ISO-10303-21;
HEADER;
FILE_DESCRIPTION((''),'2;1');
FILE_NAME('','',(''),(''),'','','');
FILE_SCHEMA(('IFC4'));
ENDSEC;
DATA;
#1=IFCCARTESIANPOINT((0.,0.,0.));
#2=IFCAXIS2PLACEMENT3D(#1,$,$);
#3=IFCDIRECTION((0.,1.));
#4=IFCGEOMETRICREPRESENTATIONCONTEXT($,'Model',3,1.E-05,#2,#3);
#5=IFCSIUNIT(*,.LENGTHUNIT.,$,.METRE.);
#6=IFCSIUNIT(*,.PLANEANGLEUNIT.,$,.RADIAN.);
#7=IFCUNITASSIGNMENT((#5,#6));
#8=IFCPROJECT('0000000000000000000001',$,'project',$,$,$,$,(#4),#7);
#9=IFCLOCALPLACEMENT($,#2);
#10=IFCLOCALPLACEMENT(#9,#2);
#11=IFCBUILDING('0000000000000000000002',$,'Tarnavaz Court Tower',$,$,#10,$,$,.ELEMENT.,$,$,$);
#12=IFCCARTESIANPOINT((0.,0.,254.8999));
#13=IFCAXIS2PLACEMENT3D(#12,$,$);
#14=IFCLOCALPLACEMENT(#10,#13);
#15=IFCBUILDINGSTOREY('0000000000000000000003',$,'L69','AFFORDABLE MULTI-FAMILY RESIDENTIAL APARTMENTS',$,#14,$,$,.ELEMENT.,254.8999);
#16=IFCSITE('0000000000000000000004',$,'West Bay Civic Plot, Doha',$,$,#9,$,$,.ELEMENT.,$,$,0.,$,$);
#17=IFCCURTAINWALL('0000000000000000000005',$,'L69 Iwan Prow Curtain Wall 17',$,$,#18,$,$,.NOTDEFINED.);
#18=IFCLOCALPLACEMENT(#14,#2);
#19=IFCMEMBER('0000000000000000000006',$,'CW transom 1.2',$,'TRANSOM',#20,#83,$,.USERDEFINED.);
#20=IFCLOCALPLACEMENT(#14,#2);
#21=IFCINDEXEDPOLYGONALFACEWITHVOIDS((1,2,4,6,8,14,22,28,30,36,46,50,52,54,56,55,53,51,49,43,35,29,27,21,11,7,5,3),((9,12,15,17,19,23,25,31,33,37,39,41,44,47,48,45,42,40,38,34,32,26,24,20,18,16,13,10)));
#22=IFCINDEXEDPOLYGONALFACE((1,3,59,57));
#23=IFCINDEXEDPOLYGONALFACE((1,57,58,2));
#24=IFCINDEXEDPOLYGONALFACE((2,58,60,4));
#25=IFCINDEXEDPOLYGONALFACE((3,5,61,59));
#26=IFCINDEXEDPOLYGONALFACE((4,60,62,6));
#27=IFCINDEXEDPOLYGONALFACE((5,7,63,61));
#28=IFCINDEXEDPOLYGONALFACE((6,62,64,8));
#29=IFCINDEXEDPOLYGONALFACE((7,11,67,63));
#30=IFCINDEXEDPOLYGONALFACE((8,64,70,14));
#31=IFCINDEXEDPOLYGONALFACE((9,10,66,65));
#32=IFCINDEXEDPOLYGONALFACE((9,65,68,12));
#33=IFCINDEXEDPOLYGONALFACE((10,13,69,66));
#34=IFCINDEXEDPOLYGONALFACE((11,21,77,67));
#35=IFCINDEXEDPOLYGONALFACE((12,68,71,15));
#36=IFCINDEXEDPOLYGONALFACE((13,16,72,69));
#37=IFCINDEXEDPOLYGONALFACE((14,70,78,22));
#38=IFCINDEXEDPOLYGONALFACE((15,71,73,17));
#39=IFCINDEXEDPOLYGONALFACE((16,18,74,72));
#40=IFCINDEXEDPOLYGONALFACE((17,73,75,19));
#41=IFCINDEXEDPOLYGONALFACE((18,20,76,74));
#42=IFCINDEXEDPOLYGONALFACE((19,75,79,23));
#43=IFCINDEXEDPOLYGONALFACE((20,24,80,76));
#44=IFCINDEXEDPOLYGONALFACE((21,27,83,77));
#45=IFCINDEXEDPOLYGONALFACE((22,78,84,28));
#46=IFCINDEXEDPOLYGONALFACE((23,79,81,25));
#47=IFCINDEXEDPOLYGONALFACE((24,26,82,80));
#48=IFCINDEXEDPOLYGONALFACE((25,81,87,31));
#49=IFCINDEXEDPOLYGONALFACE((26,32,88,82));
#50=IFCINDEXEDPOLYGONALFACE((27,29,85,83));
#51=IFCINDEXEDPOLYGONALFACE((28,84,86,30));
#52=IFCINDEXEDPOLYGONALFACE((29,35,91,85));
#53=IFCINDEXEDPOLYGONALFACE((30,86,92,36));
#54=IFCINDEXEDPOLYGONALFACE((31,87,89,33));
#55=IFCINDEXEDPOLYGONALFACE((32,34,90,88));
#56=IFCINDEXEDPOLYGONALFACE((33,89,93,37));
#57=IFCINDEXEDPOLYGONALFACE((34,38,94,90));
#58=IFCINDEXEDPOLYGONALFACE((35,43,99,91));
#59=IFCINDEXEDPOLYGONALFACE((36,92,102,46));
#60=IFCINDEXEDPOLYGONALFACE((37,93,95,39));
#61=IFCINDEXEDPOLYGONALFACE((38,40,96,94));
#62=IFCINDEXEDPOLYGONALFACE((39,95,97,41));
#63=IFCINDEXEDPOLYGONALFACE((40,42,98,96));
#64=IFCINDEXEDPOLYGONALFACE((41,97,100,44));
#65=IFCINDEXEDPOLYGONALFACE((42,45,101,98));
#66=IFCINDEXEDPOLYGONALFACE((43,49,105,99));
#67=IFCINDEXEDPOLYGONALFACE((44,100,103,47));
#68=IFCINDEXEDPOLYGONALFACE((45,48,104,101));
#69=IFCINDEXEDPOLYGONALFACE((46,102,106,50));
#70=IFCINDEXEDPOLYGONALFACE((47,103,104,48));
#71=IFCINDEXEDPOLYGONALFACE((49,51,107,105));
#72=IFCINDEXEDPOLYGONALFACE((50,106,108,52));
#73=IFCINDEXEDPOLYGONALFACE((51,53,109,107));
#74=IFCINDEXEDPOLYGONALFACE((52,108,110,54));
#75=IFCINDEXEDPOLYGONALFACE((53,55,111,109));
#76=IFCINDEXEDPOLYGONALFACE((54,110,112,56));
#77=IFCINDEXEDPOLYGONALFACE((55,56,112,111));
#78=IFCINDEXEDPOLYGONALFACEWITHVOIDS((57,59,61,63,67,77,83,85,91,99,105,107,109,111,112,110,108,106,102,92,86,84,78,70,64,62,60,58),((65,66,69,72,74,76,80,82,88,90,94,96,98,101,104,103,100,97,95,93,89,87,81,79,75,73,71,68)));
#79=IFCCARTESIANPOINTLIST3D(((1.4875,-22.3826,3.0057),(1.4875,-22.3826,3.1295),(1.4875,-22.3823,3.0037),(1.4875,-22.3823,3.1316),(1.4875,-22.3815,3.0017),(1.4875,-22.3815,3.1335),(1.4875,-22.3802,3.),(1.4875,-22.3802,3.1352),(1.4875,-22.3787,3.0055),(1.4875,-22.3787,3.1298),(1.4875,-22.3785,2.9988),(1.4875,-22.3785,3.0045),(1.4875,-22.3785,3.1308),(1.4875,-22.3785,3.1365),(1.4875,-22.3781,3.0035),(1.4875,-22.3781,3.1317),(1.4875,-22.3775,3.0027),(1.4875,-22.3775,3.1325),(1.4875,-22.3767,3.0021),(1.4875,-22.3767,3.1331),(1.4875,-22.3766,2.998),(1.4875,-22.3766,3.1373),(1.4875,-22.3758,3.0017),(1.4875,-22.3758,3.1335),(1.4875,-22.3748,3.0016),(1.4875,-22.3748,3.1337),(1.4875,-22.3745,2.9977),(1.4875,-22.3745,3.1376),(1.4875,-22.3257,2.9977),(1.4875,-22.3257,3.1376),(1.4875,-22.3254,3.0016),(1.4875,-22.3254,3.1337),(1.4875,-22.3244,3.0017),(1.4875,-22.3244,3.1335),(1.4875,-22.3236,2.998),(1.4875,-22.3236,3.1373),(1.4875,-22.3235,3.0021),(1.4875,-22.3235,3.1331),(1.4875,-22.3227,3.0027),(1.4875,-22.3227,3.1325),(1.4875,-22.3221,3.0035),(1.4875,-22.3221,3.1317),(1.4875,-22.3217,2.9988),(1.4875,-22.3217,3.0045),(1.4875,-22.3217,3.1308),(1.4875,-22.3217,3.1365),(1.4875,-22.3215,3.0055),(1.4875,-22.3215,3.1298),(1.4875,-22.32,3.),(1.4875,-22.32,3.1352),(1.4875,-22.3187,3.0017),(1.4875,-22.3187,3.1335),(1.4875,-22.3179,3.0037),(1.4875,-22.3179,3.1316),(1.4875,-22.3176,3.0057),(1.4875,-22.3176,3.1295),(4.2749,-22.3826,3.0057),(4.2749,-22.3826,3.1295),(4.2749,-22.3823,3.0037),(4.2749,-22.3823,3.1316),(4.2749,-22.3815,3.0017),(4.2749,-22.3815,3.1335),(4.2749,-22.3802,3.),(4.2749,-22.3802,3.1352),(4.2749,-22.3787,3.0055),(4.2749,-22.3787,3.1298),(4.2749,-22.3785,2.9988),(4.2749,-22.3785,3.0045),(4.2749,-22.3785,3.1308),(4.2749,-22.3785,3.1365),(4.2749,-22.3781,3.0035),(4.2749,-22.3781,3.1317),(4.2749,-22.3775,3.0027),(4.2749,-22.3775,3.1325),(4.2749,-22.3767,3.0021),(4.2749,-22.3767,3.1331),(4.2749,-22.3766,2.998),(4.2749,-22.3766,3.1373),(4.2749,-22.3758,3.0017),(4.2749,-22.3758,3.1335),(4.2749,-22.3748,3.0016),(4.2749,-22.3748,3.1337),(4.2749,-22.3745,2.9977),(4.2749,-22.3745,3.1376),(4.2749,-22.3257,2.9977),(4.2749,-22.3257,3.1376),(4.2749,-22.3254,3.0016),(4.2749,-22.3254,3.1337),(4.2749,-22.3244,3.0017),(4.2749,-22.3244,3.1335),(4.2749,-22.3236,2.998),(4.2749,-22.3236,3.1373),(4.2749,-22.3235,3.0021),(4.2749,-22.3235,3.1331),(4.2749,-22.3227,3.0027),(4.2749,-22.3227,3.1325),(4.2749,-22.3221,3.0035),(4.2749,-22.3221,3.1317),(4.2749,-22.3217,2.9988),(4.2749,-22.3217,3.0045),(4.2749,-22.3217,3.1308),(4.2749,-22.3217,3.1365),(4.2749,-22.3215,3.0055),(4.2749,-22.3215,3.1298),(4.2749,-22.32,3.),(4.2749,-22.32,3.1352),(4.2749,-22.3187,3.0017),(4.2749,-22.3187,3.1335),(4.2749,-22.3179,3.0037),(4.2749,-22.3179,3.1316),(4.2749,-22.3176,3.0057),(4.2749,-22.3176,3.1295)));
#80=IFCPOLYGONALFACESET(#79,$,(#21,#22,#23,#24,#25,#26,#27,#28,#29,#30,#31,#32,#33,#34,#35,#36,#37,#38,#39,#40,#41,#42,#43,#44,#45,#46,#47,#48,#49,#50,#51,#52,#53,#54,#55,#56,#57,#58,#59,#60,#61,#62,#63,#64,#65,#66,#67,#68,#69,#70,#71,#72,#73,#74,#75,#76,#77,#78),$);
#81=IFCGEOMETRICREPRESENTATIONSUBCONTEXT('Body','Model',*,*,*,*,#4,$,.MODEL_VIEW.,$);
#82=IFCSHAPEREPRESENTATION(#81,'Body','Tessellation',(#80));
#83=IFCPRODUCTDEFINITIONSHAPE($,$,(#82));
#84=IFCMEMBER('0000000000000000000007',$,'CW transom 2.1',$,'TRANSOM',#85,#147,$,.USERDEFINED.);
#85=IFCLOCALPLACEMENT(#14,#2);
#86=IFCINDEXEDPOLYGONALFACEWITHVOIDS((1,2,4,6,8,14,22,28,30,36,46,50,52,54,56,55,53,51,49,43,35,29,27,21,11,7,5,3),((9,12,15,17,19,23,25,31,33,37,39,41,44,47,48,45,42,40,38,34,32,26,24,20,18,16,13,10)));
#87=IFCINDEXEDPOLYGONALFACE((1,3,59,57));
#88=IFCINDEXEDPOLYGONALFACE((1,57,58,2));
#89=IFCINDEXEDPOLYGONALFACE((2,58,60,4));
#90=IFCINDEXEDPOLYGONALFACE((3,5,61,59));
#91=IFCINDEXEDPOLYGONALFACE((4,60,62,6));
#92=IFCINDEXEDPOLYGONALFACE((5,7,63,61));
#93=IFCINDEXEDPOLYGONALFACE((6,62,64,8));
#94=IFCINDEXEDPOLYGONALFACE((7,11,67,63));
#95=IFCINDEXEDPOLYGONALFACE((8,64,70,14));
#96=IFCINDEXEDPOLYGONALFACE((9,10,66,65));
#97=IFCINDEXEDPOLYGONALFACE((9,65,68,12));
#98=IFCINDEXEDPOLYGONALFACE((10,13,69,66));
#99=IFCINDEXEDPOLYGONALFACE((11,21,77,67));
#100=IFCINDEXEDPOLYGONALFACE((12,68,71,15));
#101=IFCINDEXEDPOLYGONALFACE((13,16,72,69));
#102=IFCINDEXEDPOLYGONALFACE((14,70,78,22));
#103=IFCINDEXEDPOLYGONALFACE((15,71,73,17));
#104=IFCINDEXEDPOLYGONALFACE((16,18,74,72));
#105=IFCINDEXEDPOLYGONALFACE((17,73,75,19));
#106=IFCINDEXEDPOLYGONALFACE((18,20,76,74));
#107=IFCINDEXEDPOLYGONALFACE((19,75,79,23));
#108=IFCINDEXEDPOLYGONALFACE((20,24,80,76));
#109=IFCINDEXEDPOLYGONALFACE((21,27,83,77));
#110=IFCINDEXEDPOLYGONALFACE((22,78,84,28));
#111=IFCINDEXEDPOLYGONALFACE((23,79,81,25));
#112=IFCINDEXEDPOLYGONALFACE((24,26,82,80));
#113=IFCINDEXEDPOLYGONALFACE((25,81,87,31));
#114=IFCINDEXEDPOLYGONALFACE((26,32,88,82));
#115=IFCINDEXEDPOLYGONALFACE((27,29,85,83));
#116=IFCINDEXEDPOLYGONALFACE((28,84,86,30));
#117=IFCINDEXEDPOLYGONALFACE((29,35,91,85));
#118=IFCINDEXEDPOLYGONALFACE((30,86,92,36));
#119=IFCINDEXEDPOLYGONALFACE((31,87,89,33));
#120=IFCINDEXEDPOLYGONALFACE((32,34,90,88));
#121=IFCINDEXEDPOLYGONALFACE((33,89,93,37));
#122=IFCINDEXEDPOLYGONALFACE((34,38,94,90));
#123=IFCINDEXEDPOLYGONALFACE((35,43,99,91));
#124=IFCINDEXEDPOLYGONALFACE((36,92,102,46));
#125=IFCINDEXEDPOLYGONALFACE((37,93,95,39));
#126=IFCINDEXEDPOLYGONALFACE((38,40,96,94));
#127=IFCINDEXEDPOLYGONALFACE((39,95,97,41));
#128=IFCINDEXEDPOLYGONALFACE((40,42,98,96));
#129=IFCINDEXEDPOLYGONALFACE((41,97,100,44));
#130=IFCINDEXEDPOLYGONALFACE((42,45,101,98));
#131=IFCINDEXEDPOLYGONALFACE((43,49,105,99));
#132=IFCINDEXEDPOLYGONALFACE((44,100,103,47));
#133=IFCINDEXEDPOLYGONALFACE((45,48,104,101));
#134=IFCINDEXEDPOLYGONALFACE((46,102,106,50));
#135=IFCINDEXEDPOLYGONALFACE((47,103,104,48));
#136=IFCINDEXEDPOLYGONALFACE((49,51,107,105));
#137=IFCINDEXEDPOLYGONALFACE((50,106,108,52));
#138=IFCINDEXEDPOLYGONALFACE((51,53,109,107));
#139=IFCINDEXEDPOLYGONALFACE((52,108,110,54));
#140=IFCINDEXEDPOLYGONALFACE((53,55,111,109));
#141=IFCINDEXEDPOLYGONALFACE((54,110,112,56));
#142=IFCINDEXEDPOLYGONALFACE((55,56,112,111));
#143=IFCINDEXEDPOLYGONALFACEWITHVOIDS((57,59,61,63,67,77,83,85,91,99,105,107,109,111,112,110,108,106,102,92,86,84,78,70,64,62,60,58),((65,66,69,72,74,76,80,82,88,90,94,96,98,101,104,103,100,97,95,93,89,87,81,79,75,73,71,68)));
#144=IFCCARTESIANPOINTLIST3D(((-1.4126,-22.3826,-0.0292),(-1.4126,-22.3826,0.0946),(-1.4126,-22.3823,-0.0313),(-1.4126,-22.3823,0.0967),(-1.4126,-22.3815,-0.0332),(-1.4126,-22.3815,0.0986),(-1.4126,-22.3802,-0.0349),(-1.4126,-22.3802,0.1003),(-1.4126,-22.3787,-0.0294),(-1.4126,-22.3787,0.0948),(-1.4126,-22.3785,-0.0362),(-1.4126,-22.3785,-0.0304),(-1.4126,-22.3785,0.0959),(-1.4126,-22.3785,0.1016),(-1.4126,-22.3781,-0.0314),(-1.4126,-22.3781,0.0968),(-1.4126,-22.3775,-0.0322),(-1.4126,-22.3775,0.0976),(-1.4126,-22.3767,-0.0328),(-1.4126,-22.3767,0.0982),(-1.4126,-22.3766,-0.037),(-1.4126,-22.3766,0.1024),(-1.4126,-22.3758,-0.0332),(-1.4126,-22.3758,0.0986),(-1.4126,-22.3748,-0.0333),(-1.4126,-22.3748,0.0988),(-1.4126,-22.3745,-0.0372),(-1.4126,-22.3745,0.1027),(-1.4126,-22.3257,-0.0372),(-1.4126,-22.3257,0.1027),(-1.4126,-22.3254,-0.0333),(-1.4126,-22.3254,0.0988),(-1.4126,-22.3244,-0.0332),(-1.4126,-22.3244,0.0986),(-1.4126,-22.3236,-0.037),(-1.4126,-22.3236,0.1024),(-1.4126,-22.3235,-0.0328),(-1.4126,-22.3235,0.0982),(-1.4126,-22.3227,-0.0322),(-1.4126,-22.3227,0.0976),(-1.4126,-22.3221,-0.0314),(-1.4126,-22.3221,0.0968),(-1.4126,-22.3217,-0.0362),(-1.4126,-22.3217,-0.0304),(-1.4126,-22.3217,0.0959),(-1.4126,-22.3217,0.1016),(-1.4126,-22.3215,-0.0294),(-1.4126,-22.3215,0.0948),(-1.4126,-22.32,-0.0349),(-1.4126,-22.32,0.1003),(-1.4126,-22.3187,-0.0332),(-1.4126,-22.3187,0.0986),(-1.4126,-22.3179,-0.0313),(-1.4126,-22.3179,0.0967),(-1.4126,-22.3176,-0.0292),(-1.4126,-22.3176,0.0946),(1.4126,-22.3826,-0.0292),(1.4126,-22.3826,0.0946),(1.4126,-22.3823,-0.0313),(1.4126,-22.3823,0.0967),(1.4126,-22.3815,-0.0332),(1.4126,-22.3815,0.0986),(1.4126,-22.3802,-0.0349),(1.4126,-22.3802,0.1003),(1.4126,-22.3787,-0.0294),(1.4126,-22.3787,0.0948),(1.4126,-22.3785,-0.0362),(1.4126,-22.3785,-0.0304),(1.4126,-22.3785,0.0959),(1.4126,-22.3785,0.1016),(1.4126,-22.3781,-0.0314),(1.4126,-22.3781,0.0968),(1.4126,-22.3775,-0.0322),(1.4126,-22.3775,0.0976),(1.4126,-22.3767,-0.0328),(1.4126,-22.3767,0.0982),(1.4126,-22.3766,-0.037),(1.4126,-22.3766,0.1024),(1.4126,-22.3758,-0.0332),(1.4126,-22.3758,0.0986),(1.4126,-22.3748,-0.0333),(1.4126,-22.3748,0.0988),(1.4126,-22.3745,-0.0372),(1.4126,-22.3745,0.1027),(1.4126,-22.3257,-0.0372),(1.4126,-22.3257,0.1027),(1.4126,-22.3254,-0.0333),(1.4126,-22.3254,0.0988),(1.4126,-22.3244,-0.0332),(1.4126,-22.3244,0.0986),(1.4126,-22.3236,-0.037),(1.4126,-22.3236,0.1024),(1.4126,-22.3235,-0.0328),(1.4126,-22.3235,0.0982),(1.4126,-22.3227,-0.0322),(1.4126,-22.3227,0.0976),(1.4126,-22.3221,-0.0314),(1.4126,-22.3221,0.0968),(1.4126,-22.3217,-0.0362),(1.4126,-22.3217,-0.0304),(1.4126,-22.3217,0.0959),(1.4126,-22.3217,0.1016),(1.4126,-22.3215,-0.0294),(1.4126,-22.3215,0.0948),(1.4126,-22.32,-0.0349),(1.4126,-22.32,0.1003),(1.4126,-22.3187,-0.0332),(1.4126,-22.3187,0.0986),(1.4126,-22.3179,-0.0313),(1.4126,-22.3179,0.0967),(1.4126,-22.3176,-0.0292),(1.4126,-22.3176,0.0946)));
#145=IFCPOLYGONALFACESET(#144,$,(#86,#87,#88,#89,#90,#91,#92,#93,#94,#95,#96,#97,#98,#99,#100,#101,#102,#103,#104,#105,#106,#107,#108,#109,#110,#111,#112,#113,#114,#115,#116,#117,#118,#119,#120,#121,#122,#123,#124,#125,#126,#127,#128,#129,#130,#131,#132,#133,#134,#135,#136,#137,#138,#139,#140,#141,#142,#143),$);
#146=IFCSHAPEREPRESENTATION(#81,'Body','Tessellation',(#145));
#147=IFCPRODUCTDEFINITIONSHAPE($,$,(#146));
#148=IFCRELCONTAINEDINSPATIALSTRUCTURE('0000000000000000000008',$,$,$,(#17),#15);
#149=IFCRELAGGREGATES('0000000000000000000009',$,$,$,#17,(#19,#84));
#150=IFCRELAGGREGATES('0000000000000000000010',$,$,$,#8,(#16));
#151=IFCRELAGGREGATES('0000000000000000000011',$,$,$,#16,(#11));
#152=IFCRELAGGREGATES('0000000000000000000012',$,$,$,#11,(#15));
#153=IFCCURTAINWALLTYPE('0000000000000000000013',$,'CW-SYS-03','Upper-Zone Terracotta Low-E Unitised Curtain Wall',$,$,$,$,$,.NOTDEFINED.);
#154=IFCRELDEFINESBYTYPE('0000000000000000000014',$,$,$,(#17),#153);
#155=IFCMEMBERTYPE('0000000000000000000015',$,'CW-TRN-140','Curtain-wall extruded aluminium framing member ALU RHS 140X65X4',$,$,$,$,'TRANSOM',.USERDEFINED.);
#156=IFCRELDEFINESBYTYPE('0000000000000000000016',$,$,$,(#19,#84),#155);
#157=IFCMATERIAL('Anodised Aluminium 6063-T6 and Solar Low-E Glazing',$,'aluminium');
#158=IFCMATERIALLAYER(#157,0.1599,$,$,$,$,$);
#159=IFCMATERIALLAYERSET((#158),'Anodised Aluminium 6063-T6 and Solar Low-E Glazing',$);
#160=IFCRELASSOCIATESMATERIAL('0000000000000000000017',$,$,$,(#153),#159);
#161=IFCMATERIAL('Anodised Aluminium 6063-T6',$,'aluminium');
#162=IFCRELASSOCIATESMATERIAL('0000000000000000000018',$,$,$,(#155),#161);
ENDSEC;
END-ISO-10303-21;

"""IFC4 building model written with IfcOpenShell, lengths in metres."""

from ifc_helpers import new_model, si_unit, direction, frame, origin, origin_2d, place, context, subcontext, project, spatial, hollow_rectangle, extrude, material, layer, layer_set, material_profile, profile_set, type_object, element, aggregate, save


model = new_model("IFC4")

# Units and contexts
model_context = context("Model", 3, precision=1e-05, world=origin(), true_north=direction((0.0, 1.0)))
body_context = subcontext(model_context, "Body", "Model", "MODEL_VIEW")
ifc_project = project(units=[si_unit("LENGTHUNIT", "METRE"), si_unit("PLANEANGLEUNIT", "RADIAN")], contexts=[model_context])

# Site, building, storey
site_placement = place(None, origin())
site = spatial("IfcSite", under=ifc_project, at=site_placement, Name="West Bay Civic Plot, Doha", CompositionType="ELEMENT", RefElevation=0.0)
building_placement = place(site_placement, origin())
building = spatial("IfcBuilding", under=site, at=building_placement, Name="Tarnavaz Court Tower", CompositionType="ELEMENT")
storey_placement = place(building_placement, frame((0.0, 0.0, 254.8999)))
storey = spatial("IfcBuildingStorey", under=building, at=storey_placement, Name="L69", Description="AFFORDABLE MULTI-FAMILY RESIDENTIAL APARTMENTS", CompositionType="ELEMENT", Elevation=254.8999)

# Curtain wall, members
ifc_material_1 = material(Name="Anodised Aluminium 6063-T6 and Solar Low-E Glazing", Category="aluminium")
ifc_layer_1 = layer(ifc_material_1, 0.1599)
ifc_layer_set_1 = layer_set([ifc_layer_1], Name="Anodised Aluminium 6063-T6 and Solar Low-E Glazing")
curtain_wall_type = type_object("IfcCurtainWallType", Name="CW-SYS-03", Description="Upper-Zone Terracotta Low-E Unitised Curtain Wall", PredefinedType="NOTDEFINED", material=ifc_layer_set_1)
curtain_wall_placement = place(storey_placement, origin())
curtain_wall = element("IfcCurtainWall", 1, at=curtain_wall_placement, inside=storey, type_object=curtain_wall_type, Name="L69 Iwan Prow Curtain Wall 17", PredefinedType="NOTDEFINED")
ifc_material_2 = material(Name="Anodised Aluminium 6063-T6", Category="aluminium")
ifc_material_profile_1 = material_profile(ifc_material_2, hollow_rectangle(XDim=0.0649, YDim=0.1399, WallThickness=0.0039, InnerFilletRadius=0.0039, OuterFilletRadius=0.0081, at=origin_2d()), Name="ALU RHS 140X65X4")
ifc_profile_set_1 = profile_set([ifc_material_profile_1], Name="Anodised Aluminium 6063-T6")
member_type_1 = type_object("IfcMemberType", Name="CW-TRN-140", Description="Curtain-wall extruded aluminium framing member ALU RHS 140X65X4", ElementType="TRANSOM", PredefinedType="USERDEFINED", material=ifc_profile_set_1)
member_1_placement = place(storey_placement, frame((4.2749, -22.3501, 3.0676), z_axis=(-1.0, 0.0, 0.0), x_axis=(0.0, -1.0, 0.0)))
member_1 = element("IfcMember", 2, at=member_1_placement, type_object=member_type_1, Name="CW transom 1.2", ObjectType="TRANSOM", PredefinedType="USERDEFINED", context=body_context, shape_type="SweptSolid", body=[
    extrude(hollow_rectangle(XDim=0.0649, YDim=0.1399, WallThickness=0.0039, InnerFilletRadius=0.0039, OuterFilletRadius=0.0081, at=origin_2d()), origin(), (0.0, 0.0, 1.0), 2.7874),
])
member_2_placement = place(storey_placement, frame((1.4126, -22.3501, 0.0327), z_axis=(-1.0, 0.0, 0.0), x_axis=(0.0, -1.0, 0.0)))
member_2 = element("IfcMember", 3, at=member_2_placement, type_object=member_type_1, Name="CW transom 2.1", ObjectType="TRANSOM", PredefinedType="USERDEFINED", context=body_context, shape_type="SweptSolid", body=[
    extrude(hollow_rectangle(XDim=0.0649, YDim=0.1399, WallThickness=0.0039, InnerFilletRadius=0.0039, OuterFilletRadius=0.0081, at=origin_2d()), origin(), (0.0, 0.0, 1.0), 2.8252),
])
aggregate(curtain_wall, [member_1, member_2])

save(model, "model.ifc")
